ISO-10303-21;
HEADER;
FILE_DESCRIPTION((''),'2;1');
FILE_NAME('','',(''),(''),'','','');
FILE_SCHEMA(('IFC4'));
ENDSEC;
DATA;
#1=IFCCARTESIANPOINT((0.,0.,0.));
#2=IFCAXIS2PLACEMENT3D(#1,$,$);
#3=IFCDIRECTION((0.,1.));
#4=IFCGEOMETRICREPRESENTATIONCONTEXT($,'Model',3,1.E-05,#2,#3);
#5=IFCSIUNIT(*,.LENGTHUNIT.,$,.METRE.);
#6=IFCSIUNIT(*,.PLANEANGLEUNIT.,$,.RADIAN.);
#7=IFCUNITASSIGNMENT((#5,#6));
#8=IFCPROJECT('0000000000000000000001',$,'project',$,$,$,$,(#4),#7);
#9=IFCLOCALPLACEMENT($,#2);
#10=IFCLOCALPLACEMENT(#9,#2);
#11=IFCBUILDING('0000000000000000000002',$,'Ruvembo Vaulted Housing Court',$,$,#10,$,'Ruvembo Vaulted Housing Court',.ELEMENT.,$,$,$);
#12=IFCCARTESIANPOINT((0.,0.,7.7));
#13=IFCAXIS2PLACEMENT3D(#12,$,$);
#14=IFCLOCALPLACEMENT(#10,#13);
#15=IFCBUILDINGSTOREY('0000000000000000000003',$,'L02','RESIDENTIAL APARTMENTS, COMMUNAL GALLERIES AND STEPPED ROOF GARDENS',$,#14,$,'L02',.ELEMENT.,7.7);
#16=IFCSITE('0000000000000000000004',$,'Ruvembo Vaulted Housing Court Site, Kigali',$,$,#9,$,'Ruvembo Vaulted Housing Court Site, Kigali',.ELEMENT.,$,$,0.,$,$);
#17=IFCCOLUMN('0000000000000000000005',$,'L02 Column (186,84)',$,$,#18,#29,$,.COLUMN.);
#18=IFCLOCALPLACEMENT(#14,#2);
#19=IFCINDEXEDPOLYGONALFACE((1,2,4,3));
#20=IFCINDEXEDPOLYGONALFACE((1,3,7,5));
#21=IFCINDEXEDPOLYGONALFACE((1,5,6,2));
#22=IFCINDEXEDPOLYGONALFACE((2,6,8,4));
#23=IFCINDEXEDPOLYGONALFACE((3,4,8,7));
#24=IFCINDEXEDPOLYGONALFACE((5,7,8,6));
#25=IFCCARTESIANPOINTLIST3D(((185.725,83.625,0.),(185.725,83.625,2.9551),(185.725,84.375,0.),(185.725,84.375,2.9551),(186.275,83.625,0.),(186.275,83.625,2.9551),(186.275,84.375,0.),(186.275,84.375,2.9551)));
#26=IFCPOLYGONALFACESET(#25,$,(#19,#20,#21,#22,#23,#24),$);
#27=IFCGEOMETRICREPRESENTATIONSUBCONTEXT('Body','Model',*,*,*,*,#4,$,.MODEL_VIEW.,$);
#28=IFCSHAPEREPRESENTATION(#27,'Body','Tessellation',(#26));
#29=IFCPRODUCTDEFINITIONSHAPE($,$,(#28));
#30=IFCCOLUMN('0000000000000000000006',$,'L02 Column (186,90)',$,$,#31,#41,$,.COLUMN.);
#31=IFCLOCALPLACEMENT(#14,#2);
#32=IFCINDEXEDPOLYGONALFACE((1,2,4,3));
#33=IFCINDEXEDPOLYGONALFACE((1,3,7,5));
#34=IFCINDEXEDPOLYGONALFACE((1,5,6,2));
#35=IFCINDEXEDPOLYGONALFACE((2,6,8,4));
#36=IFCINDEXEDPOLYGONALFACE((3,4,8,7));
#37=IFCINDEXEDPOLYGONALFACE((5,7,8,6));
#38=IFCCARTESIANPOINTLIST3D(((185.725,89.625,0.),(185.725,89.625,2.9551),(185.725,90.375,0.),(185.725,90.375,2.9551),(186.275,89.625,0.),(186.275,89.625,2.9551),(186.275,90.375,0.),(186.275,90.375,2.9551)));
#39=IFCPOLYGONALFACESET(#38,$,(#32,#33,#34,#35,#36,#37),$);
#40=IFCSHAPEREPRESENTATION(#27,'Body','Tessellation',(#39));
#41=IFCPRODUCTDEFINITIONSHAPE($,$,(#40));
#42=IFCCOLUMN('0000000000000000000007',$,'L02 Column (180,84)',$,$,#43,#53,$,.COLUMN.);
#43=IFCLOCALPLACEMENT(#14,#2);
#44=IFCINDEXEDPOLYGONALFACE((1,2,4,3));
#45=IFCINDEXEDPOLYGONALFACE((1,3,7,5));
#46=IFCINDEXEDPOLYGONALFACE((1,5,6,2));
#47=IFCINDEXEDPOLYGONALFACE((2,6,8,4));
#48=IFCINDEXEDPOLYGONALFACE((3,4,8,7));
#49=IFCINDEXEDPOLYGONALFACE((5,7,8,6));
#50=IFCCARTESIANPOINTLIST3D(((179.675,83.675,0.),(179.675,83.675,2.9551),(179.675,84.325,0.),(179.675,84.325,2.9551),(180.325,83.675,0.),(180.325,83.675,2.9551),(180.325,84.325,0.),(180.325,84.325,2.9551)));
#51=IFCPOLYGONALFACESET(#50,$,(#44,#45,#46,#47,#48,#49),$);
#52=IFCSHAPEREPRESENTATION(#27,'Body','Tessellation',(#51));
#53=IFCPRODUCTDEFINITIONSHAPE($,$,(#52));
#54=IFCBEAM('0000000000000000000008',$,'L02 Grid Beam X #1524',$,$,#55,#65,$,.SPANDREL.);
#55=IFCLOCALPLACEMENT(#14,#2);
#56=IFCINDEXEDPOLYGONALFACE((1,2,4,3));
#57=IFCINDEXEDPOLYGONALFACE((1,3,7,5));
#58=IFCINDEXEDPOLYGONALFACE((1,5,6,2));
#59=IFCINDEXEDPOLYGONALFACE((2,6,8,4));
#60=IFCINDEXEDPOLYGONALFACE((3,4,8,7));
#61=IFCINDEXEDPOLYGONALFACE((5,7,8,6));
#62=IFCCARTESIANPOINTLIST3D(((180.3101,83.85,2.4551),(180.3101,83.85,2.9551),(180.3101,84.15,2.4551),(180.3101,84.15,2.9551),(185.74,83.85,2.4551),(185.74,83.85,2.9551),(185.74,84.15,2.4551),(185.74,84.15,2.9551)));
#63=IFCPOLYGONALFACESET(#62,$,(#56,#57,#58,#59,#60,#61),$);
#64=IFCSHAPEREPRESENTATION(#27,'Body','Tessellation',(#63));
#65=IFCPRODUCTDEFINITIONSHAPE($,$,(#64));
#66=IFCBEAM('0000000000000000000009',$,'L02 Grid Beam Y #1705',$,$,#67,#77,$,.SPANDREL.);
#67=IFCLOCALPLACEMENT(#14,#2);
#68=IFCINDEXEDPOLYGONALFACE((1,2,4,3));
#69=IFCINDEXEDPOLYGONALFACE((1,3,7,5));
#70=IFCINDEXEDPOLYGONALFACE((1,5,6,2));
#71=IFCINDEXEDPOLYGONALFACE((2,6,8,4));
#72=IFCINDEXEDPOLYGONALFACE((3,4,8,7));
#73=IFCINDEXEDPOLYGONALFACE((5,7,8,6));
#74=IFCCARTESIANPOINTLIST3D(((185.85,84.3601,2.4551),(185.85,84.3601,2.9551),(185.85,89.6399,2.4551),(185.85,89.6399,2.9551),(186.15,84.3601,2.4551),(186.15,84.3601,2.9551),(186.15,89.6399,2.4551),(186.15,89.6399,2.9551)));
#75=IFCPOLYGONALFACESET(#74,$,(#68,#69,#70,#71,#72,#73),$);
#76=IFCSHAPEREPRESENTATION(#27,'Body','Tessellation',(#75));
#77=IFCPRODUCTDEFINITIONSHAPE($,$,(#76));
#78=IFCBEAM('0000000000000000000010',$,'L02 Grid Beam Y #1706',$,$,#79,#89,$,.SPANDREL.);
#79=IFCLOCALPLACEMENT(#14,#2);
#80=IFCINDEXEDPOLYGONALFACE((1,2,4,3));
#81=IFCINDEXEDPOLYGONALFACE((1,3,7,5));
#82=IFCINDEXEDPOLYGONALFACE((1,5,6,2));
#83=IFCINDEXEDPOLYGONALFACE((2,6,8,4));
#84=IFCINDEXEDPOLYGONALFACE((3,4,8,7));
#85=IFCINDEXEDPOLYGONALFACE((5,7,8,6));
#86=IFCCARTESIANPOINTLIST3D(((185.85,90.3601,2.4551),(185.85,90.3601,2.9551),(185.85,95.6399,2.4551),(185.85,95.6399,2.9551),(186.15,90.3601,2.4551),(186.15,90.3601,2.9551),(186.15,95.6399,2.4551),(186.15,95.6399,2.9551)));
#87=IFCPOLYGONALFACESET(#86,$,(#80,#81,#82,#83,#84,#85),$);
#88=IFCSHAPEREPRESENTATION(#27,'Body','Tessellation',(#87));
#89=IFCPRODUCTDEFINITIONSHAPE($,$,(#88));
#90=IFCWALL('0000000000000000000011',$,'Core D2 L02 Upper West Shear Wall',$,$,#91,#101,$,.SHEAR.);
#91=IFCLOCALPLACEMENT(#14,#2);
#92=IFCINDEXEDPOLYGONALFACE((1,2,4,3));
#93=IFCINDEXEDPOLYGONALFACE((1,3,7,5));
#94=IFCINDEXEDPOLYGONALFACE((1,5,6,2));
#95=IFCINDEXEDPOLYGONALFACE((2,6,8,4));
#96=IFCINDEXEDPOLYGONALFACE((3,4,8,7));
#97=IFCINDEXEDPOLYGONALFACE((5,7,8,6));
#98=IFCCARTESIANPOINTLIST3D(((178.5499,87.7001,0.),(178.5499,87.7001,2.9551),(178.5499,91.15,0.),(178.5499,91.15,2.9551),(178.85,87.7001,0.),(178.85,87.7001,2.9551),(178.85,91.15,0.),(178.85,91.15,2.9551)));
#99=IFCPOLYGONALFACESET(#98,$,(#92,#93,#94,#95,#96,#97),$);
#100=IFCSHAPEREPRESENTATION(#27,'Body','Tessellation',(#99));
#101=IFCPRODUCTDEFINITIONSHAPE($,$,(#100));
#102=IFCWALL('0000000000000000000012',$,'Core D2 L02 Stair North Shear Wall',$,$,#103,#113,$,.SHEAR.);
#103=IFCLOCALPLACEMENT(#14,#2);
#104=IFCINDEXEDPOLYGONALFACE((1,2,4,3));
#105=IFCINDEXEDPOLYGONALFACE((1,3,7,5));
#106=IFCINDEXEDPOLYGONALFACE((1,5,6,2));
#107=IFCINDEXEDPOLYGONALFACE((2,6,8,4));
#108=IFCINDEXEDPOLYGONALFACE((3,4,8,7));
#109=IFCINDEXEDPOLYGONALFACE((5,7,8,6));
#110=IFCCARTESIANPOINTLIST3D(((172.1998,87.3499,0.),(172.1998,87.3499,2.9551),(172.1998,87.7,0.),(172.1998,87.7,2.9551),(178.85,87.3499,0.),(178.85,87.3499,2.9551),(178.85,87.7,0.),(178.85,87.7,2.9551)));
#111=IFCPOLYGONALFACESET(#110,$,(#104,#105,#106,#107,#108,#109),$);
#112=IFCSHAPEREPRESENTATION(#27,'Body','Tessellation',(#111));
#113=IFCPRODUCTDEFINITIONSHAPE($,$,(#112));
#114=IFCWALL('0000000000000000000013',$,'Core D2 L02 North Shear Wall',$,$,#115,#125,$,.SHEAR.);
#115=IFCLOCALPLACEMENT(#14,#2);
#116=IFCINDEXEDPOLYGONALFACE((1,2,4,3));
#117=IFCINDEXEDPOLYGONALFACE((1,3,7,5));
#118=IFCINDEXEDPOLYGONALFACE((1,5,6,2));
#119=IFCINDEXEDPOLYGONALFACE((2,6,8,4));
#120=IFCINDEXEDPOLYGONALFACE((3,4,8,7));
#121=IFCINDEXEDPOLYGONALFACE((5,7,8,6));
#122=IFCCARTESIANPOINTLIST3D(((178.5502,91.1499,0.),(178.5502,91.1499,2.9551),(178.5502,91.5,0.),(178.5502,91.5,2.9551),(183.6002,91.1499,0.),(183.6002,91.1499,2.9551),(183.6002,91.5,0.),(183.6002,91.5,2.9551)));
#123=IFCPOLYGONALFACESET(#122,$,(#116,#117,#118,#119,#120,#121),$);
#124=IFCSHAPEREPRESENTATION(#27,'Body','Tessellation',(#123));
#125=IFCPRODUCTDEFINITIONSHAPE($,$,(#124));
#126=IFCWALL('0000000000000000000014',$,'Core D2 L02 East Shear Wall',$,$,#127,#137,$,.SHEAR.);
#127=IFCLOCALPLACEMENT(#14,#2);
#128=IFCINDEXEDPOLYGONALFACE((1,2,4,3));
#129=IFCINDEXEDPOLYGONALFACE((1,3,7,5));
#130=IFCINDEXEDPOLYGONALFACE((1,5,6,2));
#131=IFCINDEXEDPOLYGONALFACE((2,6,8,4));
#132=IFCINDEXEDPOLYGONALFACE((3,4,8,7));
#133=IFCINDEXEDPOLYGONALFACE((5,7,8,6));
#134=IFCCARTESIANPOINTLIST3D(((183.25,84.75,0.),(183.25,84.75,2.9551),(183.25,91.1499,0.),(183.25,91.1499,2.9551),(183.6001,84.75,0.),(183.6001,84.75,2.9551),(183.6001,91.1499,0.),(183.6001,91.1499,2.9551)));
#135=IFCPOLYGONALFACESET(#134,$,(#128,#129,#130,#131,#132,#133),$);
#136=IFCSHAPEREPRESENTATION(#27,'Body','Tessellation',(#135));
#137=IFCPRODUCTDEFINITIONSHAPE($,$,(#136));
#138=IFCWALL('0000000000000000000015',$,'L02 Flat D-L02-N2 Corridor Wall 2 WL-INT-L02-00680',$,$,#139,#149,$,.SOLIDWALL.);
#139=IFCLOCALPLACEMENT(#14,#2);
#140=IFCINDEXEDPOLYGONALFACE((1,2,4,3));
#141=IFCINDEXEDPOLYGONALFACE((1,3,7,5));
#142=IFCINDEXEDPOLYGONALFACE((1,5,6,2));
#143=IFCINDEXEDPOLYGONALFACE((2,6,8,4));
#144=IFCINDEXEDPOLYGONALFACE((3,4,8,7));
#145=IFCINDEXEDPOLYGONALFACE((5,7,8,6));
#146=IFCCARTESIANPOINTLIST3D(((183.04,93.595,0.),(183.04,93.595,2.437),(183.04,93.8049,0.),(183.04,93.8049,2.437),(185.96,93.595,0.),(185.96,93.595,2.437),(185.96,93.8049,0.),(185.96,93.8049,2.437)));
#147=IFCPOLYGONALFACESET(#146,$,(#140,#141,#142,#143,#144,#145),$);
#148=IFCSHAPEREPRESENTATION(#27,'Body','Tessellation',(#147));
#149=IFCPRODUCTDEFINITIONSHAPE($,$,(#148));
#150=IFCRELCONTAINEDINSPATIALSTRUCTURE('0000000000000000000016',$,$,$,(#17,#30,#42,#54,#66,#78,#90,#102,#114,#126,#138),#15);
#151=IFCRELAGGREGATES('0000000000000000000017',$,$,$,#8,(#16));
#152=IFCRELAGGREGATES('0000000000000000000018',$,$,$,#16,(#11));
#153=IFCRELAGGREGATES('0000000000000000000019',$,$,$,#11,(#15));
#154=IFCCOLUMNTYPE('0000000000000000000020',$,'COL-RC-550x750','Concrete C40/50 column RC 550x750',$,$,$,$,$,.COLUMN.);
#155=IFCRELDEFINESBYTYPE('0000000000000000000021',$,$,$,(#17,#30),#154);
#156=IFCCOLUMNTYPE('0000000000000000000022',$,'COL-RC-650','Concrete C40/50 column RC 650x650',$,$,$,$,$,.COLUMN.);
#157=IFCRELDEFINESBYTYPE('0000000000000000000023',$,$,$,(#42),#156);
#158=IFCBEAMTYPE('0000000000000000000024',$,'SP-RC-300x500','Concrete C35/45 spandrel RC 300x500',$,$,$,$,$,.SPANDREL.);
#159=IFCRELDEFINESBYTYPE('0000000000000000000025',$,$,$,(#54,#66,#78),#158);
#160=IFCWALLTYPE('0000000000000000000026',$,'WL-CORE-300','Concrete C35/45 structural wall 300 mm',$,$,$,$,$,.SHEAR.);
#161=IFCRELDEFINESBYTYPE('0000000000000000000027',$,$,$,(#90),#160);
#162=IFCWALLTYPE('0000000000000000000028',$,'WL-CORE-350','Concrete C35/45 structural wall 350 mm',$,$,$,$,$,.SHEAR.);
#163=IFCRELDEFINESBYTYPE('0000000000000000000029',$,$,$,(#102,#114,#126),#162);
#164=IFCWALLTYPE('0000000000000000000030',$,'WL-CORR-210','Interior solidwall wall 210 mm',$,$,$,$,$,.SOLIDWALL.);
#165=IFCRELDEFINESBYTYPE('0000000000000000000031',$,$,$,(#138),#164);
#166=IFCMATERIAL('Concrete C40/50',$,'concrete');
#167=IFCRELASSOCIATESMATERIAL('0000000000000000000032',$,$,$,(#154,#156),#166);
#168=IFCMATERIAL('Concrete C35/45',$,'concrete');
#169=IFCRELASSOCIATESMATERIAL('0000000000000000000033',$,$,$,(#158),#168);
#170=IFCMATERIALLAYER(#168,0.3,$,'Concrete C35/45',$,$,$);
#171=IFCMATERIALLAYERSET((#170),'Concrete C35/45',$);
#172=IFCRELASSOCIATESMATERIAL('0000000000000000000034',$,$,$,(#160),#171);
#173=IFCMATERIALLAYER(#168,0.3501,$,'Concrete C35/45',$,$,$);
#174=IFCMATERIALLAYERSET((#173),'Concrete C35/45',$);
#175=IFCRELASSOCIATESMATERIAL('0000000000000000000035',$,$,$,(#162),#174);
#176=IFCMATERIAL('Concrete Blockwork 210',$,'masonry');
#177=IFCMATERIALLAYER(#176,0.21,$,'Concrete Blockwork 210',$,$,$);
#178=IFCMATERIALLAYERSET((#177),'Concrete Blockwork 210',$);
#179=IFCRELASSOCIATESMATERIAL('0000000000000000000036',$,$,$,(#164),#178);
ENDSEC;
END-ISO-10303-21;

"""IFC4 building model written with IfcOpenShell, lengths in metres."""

from ifc_helpers import new_model, si_unit, direction, frame, frame_2d, origin, origin_2d, place, context, subcontext, project, spatial, rectangle, extrude, material, layer, layer_set, material_profile, profile_set, type_object, element, save


model = new_model("IFC4")

# Units and contexts
model_context = context("Model", 3, precision=1e-05, world=origin(), true_north=direction((0.0, 1.0)))
body_context = subcontext(model_context, "Body", "Model", "MODEL_VIEW")
ifc_project = project(units=[si_unit("LENGTHUNIT", "METRE"), si_unit("PLANEANGLEUNIT", "RADIAN")], contexts=[model_context])

# Site, building, storey
site_placement = place(None, origin())
site = spatial("IfcSite", under=ifc_project, at=site_placement, Name="Ruvembo Vaulted Housing Court Site, Kigali", LongName="Ruvembo Vaulted Housing Court Site, Kigali", CompositionType="ELEMENT", RefElevation=0.0)
building_placement = place(site_placement, origin())
building = spatial("IfcBuilding", under=site, at=building_placement, Name="Ruvembo Vaulted Housing Court", LongName="Ruvembo Vaulted Housing Court", CompositionType="ELEMENT")
storey_placement = place(building_placement, frame((0.0, 0.0, 7.7)))
storey = spatial("IfcBuildingStorey", under=building, at=storey_placement, Name="L02", Description="RESIDENTIAL APARTMENTS, COMMUNAL GALLERIES AND STEPPED ROOF GARDENS", LongName="L02", CompositionType="ELEMENT", Elevation=7.7)

# Columns
ifc_material_1 = material(Name="Concrete C40/50", Category="concrete")
ifc_material_profile_1 = material_profile(ifc_material_1, rectangle(XDim=0.55, YDim=0.75, at=origin_2d()), Name="RC 550x750")
ifc_profile_set_1 = profile_set([ifc_material_profile_1], Name="Concrete C40/50")
column_type_1 = type_object("IfcColumnType", Name="COL-RC-550x750", Description="Concrete C40/50 column RC 550x750", PredefinedType="COLUMN", material=ifc_profile_set_1)
for number, where, z_axis, x_axis, name in (
    (1, (186.0, 84.0, 0.0), (0.0, 0.0, 1.0), (1.0, 0.0, 0.0), "L02 Column (186,84)"),
    (2, (186.0, 90.0, 0.0), (0.0, 0.0, 1.0), (1.0, 0.0, 0.0), "L02 Column (186,90)"),
):
    element("IfcColumn", number, at=place(storey_placement, frame(where, z_axis=z_axis, x_axis=x_axis)), inside=storey, type_object=column_type_1, Name=name, PredefinedType="COLUMN", context=body_context, shape_type="SweptSolid", body=[
        extrude(rectangle(XDim=0.55, YDim=0.75, at=origin_2d()), origin(), (0.0, 0.0, 1.0), 2.9551),
    ])
ifc_material_profile_2 = material_profile(ifc_material_1, rectangle(XDim=0.6499, YDim=0.6499, at=origin_2d()), Name="RC 650x650")
ifc_profile_set_2 = profile_set([ifc_material_profile_2], Name="Concrete C40/50")
column_type_2 = type_object("IfcColumnType", Name="COL-RC-650", Description="Concrete C40/50 column RC 650x650", PredefinedType="COLUMN", material=ifc_profile_set_2)
column_placement = place(storey_placement, frame((180.0, 84.0, 0.0), z_axis=(0.0, 0.0, 1.0), x_axis=(1.0, 0.0, 0.0)))
element("IfcColumn", 3, at=column_placement, inside=storey, type_object=column_type_2, Name="L02 Column (180,84)", PredefinedType="COLUMN", context=body_context, shape_type="SweptSolid", body=[
    extrude(rectangle(XDim=0.6499, YDim=0.6499, at=origin_2d()), origin(), (0.0, 0.0, 1.0), 2.9551),
])

# Beams
ifc_material_2 = material(Name="Concrete C35/45", Category="concrete")
ifc_material_profile_3 = material_profile(ifc_material_2, rectangle(XDim=0.3, YDim=0.5, at=origin_2d()), Name="RC 300x500")
ifc_profile_set_3 = profile_set([ifc_material_profile_3], Name="Concrete C35/45")
beam_type = type_object("IfcBeamType", Name="SP-RC-300x500", Description="Concrete C35/45 spandrel RC 300x500", PredefinedType="SPANDREL", material=ifc_profile_set_3)
beam_placement = place(storey_placement, frame((180.3101, 84.0, 2.7051), z_axis=(1.0, 0.0, 0.0), x_axis=(0.0, 1.0, 0.0)))
element("IfcBeam", 4, at=beam_placement, inside=storey, type_object=beam_type, Name="L02 Grid Beam X #1524", PredefinedType="SPANDREL", context=body_context, shape_type="SweptSolid", body=[
    extrude(rectangle(XDim=0.3, YDim=0.5, at=origin_2d()), origin(), (0.0, 0.0, 1.0), 5.4299),
])
for number, where, z_axis, x_axis, name in (
    (5, (186.0, 84.3601, 2.7051), (0.0, 1.0, 0.0), (-1.0, 0.0, 0.0), "L02 Grid Beam Y #1705"),
    (6, (186.0, 90.3601, 2.7051), (0.0, 1.0, 0.0), (-1.0, 0.0, 0.0), "L02 Grid Beam Y #1706"),
):
    element("IfcBeam", number, at=place(storey_placement, frame(where, z_axis=z_axis, x_axis=x_axis)), inside=storey, type_object=beam_type, Name=name, PredefinedType="SPANDREL", context=body_context, shape_type="SweptSolid", body=[
        extrude(rectangle(XDim=0.3, YDim=0.5, at=origin_2d()), origin(), (0.0, 0.0, 1.0), 5.2798),
    ])

# Shared definitions
ifc_layer_1 = layer(ifc_material_2, 0.3, Name="Concrete C35/45")
ifc_layer_set_1 = layer_set([ifc_layer_1], Name="Concrete C35/45")
wall_type_1 = type_object("IfcWallType", Name="WL-CORE-300", Description="Concrete C35/45 structural wall 300 mm", PredefinedType="SHEAR", material=ifc_layer_set_1)

# Walls
wall_1_placement = place(storey_placement, frame((178.7, 87.7, 0.0), z_axis=(0.0, 0.0, 1.0), x_axis=(0.0, 1.0, 0.0)))
element("IfcWall", 7, at=wall_1_placement, inside=storey, type_object=wall_type_1, Name="Core D2 L02 Upper West Shear Wall", PredefinedType="SHEAR", context=body_context, shape_type="SweptSolid", body=[
    extrude(rectangle(XDim=3.45, YDim=0.3, at=frame_2d((1.7251, 0.0))), origin(), (0.0, 0.0, 1.0), 2.9551),
])
ifc_layer_2 = layer(ifc_material_2, 0.3501, Name="Concrete C35/45")
ifc_layer_set_2 = layer_set([ifc_layer_2], Name="Concrete C35/45")
wall_type_2 = type_object("IfcWallType", Name="WL-CORE-350", Description="Concrete C35/45 structural wall 350 mm", PredefinedType="SHEAR", material=ifc_layer_set_2)
wall_2_placement = place(storey_placement, frame((178.8501, 87.5249, 0.0), z_axis=(0.0, 0.0, 1.0), x_axis=(-1.0, 0.0, 0.0)))
element("IfcWall", 8, at=wall_2_placement, inside=storey, type_object=wall_type_2, Name="Core D2 L02 Stair North Shear Wall", PredefinedType="SHEAR", context=body_context, shape_type="SweptSolid", body=[
    extrude(rectangle(XDim=6.6501, YDim=0.3501, at=frame_2d((3.3252, 0.0))), origin(), (0.0, 0.0, 1.0), 2.9551),
])
wall_3_placement = place(storey_placement, frame((183.6001, 91.325, 0.0), z_axis=(0.0, 0.0, 1.0), x_axis=(-1.0, 0.0, 0.0)))
element("IfcWall", 9, at=wall_3_placement, inside=storey, type_object=wall_type_2, Name="Core D2 L02 North Shear Wall", PredefinedType="SHEAR", context=body_context, shape_type="SweptSolid", body=[
    extrude(rectangle(XDim=5.05, YDim=0.3501, at=frame_2d((2.5249, 0.0))), origin(), (0.0, 0.0, 1.0), 2.9551),
])
wall_4_placement = place(storey_placement, frame((183.425, 84.75, 0.0), z_axis=(0.0, 0.0, 1.0), x_axis=(0.0, 1.0, 0.0)))
element("IfcWall", 10, at=wall_4_placement, inside=storey, type_object=wall_type_2, Name="Core D2 L02 East Shear Wall", PredefinedType="SHEAR", context=body_context, shape_type="SweptSolid", body=[
    extrude(rectangle(XDim=6.3999, YDim=0.3501, at=frame_2d((3.2, 0.0))), origin(), (0.0, 0.0, 1.0), 2.9551),
])
ifc_material_3 = material(Name="Concrete Blockwork 210", Category="masonry")
ifc_layer_3 = layer(ifc_material_3, 0.21, Name="Concrete Blockwork 210")
ifc_layer_set_3 = layer_set([ifc_layer_3], Name="Concrete Blockwork 210")
wall_type_3 = type_object("IfcWallType", Name="WL-CORR-210", Description="Interior solidwall wall 210 mm", PredefinedType="SOLIDWALL", material=ifc_layer_set_3)
wall_5_placement = place(storey_placement, frame((183.04, 93.7, 0.0), z_axis=(0.0, 0.0, 1.0), x_axis=(1.0, 0.0, 0.0)))
element("IfcWall", 11, at=wall_5_placement, inside=storey, type_object=wall_type_3, Name="L02 Flat D-L02-N2 Corridor Wall 2 WL-INT-L02-00680", PredefinedType="SOLIDWALL", context=body_context, shape_type="SweptSolid", body=[
    extrude(rectangle(XDim=2.9199, YDim=0.21, at=frame_2d((1.46, 0.0))), origin(), (0.0, 0.0, 1.0), 2.437),
])

save(model, "model.ifc")
